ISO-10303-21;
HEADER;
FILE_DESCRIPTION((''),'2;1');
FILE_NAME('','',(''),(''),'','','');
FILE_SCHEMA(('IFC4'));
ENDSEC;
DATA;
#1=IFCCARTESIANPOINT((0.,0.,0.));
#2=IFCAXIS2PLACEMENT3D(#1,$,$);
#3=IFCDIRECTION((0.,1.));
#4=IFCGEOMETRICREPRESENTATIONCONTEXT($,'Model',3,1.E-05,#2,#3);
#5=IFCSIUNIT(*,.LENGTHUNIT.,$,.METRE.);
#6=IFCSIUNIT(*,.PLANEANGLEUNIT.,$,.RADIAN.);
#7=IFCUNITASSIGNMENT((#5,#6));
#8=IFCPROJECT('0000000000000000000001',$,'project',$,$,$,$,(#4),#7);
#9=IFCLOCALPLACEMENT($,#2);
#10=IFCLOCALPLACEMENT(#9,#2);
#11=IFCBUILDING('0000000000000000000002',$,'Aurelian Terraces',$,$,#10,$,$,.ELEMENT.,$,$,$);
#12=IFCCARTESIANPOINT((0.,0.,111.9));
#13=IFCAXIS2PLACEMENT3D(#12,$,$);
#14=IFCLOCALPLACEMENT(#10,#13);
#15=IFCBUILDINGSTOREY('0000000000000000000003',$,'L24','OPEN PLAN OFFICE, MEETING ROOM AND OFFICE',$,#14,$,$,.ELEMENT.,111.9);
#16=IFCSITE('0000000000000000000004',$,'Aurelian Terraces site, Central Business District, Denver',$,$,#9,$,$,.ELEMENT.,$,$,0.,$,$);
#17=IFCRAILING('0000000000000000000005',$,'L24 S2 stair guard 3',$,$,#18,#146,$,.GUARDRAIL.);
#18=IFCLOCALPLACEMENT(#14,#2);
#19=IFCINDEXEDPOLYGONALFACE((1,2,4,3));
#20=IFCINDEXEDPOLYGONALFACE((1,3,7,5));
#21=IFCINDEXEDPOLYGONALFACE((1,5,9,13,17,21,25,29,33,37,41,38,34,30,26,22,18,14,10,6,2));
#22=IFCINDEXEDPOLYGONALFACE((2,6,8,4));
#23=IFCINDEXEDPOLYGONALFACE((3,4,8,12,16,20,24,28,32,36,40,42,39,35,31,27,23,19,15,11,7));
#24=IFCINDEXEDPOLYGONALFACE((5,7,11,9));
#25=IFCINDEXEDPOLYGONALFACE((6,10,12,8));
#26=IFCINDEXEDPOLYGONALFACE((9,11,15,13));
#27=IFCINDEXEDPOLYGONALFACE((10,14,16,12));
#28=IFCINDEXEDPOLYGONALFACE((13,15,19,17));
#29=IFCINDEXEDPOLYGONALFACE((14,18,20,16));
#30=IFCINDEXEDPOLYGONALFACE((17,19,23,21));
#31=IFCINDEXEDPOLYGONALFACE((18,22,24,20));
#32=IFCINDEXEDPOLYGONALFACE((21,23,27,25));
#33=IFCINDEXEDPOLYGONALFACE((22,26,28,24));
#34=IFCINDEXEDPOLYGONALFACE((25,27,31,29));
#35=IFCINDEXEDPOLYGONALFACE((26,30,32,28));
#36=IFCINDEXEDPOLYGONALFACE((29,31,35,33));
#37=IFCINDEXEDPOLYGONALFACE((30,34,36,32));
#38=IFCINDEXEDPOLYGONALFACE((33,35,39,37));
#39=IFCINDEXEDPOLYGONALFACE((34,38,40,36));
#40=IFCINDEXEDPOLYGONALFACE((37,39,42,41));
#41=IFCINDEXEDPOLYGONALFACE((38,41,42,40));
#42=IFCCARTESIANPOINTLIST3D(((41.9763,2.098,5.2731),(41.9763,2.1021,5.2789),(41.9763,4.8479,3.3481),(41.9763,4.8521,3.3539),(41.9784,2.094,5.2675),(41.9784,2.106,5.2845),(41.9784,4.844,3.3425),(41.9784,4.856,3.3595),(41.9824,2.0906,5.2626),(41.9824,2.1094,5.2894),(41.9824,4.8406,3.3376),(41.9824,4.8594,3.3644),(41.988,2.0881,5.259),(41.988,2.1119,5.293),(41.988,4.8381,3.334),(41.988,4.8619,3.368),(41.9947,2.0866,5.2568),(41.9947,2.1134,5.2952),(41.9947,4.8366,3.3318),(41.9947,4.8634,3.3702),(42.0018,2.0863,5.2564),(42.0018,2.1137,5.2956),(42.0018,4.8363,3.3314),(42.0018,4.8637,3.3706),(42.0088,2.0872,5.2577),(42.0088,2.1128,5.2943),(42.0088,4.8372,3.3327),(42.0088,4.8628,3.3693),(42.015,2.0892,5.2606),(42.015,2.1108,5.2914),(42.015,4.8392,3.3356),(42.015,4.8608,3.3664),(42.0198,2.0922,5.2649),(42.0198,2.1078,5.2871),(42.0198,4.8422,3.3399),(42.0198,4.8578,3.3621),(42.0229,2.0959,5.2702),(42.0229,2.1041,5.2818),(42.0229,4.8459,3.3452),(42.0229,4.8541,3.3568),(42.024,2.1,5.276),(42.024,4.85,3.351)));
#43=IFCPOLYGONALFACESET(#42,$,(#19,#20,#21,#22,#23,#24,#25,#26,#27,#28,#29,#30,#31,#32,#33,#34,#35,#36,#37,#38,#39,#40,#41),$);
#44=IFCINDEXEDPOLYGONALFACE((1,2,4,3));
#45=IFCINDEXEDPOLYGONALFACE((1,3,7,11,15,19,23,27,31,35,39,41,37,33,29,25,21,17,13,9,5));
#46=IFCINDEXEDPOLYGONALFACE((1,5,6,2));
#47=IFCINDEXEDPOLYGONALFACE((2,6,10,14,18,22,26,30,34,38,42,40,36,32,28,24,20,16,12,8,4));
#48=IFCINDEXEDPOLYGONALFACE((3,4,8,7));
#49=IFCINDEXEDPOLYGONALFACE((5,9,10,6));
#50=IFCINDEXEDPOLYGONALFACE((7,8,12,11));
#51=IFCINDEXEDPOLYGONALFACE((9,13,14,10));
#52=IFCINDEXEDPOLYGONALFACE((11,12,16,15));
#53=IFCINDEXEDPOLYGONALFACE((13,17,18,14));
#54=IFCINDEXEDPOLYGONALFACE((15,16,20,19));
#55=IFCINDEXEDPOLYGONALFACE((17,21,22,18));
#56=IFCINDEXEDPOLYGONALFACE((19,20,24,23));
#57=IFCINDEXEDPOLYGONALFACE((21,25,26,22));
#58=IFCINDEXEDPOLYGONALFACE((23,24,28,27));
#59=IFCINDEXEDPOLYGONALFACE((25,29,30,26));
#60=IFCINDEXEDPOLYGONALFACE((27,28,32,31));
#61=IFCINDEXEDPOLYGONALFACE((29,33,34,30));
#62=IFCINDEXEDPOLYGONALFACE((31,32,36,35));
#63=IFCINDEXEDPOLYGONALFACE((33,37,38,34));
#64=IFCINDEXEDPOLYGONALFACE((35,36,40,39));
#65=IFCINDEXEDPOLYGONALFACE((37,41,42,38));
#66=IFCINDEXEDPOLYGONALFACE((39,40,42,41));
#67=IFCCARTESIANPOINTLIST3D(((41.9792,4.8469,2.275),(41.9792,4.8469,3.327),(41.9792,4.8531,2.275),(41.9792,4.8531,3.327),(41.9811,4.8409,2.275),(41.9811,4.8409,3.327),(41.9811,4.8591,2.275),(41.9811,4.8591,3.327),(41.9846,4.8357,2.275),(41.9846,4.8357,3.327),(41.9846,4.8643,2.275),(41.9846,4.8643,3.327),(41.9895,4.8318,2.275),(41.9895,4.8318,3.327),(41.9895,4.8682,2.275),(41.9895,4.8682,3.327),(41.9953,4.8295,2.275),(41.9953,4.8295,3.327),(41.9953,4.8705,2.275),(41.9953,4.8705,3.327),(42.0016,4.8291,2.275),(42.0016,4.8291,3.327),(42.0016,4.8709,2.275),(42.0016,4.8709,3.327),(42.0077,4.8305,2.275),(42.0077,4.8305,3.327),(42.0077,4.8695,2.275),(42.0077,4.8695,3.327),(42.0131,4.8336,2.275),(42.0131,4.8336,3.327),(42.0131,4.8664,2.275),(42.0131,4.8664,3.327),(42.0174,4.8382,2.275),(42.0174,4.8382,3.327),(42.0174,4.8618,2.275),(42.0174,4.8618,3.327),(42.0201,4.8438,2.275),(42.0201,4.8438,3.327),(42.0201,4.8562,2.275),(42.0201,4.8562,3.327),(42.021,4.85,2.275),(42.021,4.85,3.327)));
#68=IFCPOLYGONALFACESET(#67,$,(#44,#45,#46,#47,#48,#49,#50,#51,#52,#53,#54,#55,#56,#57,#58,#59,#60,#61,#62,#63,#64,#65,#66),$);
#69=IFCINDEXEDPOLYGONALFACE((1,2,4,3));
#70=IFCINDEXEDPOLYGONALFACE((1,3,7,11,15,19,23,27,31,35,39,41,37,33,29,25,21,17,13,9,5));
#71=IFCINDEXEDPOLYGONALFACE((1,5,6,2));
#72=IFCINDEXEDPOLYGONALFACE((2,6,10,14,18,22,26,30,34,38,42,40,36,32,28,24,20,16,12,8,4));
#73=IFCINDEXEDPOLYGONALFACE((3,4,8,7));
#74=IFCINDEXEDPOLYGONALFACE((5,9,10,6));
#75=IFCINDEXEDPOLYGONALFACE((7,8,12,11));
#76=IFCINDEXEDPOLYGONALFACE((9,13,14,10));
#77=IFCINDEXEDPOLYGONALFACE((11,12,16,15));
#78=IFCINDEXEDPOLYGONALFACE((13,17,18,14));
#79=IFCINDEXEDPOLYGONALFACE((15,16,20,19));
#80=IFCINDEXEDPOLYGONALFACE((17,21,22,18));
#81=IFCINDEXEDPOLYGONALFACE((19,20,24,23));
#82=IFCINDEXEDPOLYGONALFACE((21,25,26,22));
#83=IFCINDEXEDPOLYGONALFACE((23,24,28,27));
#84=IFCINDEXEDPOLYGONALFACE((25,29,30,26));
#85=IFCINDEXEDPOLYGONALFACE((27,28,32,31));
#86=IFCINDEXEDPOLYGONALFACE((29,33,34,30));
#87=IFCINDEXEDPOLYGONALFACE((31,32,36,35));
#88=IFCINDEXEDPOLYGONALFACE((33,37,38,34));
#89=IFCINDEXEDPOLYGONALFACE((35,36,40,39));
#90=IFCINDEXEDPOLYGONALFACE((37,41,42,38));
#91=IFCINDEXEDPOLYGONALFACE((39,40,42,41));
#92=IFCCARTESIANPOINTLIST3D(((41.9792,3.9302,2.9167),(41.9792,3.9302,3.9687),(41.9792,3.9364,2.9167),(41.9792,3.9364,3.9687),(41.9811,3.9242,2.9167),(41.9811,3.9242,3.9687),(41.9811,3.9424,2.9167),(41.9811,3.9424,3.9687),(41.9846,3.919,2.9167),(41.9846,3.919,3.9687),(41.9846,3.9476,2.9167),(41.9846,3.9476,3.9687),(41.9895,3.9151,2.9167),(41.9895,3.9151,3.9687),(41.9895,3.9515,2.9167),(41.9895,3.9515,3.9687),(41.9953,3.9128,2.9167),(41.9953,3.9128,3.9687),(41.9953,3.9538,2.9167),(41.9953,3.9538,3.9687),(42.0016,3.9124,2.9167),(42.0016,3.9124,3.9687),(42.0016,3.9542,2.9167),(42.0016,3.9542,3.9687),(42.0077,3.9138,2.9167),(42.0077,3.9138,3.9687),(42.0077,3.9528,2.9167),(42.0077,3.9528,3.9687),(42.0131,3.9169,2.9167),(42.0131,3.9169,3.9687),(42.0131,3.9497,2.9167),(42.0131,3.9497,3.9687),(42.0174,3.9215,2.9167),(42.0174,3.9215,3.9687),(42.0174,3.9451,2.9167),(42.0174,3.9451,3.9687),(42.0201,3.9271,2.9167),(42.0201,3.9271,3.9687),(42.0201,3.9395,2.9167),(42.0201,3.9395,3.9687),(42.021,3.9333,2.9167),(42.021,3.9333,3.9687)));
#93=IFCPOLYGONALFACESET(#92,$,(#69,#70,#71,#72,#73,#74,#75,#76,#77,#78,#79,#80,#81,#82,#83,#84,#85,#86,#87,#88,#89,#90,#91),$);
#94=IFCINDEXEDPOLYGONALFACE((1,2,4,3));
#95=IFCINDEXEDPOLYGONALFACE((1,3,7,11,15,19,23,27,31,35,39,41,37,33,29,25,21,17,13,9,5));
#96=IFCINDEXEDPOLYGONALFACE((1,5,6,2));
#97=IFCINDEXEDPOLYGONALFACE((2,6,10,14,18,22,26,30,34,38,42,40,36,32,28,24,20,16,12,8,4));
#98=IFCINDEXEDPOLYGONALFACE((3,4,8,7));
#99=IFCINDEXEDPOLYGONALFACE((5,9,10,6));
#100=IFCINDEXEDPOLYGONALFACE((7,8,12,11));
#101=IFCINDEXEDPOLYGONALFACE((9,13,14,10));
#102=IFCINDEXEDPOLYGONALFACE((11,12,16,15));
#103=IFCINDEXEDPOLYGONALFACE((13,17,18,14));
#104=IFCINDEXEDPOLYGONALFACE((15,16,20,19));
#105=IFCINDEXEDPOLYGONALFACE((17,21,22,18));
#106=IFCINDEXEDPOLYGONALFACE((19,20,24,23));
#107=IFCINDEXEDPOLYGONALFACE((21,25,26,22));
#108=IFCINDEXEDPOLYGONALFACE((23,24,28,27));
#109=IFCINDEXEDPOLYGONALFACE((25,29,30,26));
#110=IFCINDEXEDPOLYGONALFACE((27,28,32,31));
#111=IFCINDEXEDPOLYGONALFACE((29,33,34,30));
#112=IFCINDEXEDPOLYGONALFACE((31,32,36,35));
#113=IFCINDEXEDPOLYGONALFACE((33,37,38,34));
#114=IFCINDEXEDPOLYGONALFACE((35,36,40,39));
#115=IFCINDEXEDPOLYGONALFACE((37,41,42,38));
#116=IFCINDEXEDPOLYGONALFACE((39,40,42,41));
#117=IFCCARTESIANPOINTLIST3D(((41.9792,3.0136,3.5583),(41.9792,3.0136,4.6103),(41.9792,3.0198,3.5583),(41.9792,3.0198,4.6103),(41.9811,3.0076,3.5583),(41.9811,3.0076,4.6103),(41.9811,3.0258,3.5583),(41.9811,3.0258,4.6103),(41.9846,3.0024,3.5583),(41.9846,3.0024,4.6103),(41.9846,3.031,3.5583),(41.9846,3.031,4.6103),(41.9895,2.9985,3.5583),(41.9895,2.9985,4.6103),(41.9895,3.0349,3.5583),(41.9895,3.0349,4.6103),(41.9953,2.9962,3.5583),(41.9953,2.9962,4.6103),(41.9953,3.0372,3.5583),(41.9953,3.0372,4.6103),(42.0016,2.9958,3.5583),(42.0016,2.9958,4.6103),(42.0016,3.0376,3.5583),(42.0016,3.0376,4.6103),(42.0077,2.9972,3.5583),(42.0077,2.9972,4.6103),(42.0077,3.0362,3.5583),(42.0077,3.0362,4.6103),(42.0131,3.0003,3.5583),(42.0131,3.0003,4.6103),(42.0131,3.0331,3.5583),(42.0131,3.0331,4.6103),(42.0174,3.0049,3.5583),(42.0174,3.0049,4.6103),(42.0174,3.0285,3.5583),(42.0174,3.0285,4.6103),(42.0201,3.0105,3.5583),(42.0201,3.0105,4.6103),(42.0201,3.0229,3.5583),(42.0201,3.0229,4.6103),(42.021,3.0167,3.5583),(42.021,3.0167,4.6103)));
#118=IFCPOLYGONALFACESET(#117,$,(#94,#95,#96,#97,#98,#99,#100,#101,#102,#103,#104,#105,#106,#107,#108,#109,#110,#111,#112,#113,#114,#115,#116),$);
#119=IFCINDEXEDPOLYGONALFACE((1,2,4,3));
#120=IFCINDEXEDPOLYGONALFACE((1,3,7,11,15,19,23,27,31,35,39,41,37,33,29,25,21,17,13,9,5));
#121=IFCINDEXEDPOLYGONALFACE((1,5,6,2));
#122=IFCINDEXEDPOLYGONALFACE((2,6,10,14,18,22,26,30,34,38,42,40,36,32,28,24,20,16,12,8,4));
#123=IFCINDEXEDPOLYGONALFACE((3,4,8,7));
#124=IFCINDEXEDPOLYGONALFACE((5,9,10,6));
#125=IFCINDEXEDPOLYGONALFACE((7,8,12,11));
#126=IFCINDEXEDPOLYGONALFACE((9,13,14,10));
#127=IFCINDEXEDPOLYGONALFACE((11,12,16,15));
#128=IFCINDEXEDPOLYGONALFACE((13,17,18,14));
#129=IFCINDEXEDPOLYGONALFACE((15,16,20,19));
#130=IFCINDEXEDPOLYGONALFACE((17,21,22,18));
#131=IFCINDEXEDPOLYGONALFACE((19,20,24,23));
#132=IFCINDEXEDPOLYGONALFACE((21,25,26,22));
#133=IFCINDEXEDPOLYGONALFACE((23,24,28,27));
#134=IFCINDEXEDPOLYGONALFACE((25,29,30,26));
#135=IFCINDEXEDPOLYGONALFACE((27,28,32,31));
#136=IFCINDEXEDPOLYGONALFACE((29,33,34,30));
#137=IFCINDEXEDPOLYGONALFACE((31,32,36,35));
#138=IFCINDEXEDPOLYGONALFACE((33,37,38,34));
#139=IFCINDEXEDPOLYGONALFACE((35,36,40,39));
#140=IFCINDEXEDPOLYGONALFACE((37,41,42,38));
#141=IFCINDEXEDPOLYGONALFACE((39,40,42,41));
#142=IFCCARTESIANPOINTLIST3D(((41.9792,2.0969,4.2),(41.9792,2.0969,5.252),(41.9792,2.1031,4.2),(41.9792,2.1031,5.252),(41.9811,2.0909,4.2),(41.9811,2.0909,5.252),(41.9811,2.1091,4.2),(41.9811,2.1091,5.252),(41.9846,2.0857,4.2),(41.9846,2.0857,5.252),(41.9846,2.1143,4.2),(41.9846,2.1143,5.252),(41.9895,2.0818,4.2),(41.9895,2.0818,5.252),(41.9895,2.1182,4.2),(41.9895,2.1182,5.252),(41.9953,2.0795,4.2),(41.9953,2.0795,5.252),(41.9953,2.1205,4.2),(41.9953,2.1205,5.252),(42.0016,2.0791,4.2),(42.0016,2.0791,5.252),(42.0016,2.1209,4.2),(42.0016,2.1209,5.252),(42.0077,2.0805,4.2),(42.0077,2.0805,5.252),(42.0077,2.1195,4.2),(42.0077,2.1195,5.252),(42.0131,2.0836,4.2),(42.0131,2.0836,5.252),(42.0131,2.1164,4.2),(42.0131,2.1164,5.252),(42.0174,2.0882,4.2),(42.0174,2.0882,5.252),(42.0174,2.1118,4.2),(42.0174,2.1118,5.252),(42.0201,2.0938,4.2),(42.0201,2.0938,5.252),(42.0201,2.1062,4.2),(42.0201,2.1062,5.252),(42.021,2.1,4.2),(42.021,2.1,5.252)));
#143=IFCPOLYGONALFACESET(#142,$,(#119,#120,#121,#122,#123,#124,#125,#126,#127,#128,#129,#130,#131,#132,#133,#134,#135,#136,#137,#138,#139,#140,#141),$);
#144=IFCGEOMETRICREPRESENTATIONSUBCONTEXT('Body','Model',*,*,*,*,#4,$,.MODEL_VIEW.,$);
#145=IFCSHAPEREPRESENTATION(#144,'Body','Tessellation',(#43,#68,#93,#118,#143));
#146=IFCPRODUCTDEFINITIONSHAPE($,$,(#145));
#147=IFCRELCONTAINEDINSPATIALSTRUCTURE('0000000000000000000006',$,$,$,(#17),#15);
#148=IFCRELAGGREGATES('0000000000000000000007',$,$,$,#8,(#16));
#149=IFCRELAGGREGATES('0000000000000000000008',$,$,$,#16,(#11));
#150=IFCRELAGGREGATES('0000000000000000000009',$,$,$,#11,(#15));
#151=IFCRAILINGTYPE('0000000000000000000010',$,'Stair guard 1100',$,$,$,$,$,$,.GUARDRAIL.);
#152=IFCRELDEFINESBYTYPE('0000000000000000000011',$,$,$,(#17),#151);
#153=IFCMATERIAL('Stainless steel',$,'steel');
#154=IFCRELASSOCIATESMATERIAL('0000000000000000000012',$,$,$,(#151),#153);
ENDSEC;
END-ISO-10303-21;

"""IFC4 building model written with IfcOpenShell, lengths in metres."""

from ifc_helpers import new_model, si_unit, direction, frame, origin, origin_2d, place, context, subcontext, project, spatial, circle, extrude, source, transform, mapped, material, type_object, element, save


model = new_model("IFC4")

# Units and contexts
model_context = context("Model", 3, precision=1e-05, world=origin(), true_north=direction((0.0, 1.0)))
body_context = subcontext(model_context, "Body", "Model", "MODEL_VIEW")
ifc_project = project(units=[si_unit("LENGTHUNIT", "METRE"), si_unit("PLANEANGLEUNIT", "RADIAN")], contexts=[model_context])

# Site, building, storey
site_placement = place(None, origin())
site = spatial("IfcSite", under=ifc_project, at=site_placement, Name="Aurelian Terraces site, Central Business District, Denver", CompositionType="ELEMENT", RefElevation=0.0)
building_placement = place(site_placement, origin())
building = spatial("IfcBuilding", under=site, at=building_placement, Name="Aurelian Terraces", CompositionType="ELEMENT")
storey_placement = place(building_placement, frame((0.0, 0.0, 111.9)))
storey = spatial("IfcBuildingStorey", under=building, at=storey_placement, Name="L24", Description="OPEN PLAN OFFICE, MEETING ROOM AND OFFICE", CompositionType="ELEMENT", Elevation=111.9)

# Railing
ifc_material_1 = material(Name="Stainless steel", Category="steel")
railing_type_1 = type_object("IfcRailingType", Name="Stair guard 1100", PredefinedType="GUARDRAIL", material=ifc_material_1)
shared_shape_1 = source(origin(), body_context, "Body", "SweptSolid", [
    extrude(circle(Radius=0.024, at=origin_2d()), frame((0.0, 0.0, 1.076), z_axis=(0.0, -0.819232, 0.573462), x_axis=(1.0, 0.0, 0.0)), (0.0, 0.0, 1.0), 3.3568),
    extrude(circle(Radius=0.021, at=origin_2d()), origin(), (0.0, 0.0, 1.0), 1.052),
    extrude(circle(Radius=0.021, at=origin_2d()), frame((0.0, -0.9167, 0.6417)), (0.0, 0.0, 1.0), 1.052),
    extrude(circle(Radius=0.021, at=origin_2d()), frame((0.0, -1.8333, 1.2833)), (0.0, 0.0, 1.0), 1.052),
    extrude(circle(Radius=0.021, at=origin_2d()), frame((0.0, -2.75, 1.925)), (0.0, 0.0, 1.0), 1.052),
])
railing_1_placement = place(storey_placement, frame((42.0, 4.85, 2.275)))
element("IfcRailing", 1, at=railing_1_placement, inside=storey, type_object=railing_type_1, Name="L24 S2 stair guard 3", PredefinedType="GUARDRAIL", context=body_context, shape_type="MappedRepresentation", body=[
    mapped(shared_shape_1, transform((0.0, 0.0, 0.0), scale=1.0)),
])

save(model, "model.ifc")
